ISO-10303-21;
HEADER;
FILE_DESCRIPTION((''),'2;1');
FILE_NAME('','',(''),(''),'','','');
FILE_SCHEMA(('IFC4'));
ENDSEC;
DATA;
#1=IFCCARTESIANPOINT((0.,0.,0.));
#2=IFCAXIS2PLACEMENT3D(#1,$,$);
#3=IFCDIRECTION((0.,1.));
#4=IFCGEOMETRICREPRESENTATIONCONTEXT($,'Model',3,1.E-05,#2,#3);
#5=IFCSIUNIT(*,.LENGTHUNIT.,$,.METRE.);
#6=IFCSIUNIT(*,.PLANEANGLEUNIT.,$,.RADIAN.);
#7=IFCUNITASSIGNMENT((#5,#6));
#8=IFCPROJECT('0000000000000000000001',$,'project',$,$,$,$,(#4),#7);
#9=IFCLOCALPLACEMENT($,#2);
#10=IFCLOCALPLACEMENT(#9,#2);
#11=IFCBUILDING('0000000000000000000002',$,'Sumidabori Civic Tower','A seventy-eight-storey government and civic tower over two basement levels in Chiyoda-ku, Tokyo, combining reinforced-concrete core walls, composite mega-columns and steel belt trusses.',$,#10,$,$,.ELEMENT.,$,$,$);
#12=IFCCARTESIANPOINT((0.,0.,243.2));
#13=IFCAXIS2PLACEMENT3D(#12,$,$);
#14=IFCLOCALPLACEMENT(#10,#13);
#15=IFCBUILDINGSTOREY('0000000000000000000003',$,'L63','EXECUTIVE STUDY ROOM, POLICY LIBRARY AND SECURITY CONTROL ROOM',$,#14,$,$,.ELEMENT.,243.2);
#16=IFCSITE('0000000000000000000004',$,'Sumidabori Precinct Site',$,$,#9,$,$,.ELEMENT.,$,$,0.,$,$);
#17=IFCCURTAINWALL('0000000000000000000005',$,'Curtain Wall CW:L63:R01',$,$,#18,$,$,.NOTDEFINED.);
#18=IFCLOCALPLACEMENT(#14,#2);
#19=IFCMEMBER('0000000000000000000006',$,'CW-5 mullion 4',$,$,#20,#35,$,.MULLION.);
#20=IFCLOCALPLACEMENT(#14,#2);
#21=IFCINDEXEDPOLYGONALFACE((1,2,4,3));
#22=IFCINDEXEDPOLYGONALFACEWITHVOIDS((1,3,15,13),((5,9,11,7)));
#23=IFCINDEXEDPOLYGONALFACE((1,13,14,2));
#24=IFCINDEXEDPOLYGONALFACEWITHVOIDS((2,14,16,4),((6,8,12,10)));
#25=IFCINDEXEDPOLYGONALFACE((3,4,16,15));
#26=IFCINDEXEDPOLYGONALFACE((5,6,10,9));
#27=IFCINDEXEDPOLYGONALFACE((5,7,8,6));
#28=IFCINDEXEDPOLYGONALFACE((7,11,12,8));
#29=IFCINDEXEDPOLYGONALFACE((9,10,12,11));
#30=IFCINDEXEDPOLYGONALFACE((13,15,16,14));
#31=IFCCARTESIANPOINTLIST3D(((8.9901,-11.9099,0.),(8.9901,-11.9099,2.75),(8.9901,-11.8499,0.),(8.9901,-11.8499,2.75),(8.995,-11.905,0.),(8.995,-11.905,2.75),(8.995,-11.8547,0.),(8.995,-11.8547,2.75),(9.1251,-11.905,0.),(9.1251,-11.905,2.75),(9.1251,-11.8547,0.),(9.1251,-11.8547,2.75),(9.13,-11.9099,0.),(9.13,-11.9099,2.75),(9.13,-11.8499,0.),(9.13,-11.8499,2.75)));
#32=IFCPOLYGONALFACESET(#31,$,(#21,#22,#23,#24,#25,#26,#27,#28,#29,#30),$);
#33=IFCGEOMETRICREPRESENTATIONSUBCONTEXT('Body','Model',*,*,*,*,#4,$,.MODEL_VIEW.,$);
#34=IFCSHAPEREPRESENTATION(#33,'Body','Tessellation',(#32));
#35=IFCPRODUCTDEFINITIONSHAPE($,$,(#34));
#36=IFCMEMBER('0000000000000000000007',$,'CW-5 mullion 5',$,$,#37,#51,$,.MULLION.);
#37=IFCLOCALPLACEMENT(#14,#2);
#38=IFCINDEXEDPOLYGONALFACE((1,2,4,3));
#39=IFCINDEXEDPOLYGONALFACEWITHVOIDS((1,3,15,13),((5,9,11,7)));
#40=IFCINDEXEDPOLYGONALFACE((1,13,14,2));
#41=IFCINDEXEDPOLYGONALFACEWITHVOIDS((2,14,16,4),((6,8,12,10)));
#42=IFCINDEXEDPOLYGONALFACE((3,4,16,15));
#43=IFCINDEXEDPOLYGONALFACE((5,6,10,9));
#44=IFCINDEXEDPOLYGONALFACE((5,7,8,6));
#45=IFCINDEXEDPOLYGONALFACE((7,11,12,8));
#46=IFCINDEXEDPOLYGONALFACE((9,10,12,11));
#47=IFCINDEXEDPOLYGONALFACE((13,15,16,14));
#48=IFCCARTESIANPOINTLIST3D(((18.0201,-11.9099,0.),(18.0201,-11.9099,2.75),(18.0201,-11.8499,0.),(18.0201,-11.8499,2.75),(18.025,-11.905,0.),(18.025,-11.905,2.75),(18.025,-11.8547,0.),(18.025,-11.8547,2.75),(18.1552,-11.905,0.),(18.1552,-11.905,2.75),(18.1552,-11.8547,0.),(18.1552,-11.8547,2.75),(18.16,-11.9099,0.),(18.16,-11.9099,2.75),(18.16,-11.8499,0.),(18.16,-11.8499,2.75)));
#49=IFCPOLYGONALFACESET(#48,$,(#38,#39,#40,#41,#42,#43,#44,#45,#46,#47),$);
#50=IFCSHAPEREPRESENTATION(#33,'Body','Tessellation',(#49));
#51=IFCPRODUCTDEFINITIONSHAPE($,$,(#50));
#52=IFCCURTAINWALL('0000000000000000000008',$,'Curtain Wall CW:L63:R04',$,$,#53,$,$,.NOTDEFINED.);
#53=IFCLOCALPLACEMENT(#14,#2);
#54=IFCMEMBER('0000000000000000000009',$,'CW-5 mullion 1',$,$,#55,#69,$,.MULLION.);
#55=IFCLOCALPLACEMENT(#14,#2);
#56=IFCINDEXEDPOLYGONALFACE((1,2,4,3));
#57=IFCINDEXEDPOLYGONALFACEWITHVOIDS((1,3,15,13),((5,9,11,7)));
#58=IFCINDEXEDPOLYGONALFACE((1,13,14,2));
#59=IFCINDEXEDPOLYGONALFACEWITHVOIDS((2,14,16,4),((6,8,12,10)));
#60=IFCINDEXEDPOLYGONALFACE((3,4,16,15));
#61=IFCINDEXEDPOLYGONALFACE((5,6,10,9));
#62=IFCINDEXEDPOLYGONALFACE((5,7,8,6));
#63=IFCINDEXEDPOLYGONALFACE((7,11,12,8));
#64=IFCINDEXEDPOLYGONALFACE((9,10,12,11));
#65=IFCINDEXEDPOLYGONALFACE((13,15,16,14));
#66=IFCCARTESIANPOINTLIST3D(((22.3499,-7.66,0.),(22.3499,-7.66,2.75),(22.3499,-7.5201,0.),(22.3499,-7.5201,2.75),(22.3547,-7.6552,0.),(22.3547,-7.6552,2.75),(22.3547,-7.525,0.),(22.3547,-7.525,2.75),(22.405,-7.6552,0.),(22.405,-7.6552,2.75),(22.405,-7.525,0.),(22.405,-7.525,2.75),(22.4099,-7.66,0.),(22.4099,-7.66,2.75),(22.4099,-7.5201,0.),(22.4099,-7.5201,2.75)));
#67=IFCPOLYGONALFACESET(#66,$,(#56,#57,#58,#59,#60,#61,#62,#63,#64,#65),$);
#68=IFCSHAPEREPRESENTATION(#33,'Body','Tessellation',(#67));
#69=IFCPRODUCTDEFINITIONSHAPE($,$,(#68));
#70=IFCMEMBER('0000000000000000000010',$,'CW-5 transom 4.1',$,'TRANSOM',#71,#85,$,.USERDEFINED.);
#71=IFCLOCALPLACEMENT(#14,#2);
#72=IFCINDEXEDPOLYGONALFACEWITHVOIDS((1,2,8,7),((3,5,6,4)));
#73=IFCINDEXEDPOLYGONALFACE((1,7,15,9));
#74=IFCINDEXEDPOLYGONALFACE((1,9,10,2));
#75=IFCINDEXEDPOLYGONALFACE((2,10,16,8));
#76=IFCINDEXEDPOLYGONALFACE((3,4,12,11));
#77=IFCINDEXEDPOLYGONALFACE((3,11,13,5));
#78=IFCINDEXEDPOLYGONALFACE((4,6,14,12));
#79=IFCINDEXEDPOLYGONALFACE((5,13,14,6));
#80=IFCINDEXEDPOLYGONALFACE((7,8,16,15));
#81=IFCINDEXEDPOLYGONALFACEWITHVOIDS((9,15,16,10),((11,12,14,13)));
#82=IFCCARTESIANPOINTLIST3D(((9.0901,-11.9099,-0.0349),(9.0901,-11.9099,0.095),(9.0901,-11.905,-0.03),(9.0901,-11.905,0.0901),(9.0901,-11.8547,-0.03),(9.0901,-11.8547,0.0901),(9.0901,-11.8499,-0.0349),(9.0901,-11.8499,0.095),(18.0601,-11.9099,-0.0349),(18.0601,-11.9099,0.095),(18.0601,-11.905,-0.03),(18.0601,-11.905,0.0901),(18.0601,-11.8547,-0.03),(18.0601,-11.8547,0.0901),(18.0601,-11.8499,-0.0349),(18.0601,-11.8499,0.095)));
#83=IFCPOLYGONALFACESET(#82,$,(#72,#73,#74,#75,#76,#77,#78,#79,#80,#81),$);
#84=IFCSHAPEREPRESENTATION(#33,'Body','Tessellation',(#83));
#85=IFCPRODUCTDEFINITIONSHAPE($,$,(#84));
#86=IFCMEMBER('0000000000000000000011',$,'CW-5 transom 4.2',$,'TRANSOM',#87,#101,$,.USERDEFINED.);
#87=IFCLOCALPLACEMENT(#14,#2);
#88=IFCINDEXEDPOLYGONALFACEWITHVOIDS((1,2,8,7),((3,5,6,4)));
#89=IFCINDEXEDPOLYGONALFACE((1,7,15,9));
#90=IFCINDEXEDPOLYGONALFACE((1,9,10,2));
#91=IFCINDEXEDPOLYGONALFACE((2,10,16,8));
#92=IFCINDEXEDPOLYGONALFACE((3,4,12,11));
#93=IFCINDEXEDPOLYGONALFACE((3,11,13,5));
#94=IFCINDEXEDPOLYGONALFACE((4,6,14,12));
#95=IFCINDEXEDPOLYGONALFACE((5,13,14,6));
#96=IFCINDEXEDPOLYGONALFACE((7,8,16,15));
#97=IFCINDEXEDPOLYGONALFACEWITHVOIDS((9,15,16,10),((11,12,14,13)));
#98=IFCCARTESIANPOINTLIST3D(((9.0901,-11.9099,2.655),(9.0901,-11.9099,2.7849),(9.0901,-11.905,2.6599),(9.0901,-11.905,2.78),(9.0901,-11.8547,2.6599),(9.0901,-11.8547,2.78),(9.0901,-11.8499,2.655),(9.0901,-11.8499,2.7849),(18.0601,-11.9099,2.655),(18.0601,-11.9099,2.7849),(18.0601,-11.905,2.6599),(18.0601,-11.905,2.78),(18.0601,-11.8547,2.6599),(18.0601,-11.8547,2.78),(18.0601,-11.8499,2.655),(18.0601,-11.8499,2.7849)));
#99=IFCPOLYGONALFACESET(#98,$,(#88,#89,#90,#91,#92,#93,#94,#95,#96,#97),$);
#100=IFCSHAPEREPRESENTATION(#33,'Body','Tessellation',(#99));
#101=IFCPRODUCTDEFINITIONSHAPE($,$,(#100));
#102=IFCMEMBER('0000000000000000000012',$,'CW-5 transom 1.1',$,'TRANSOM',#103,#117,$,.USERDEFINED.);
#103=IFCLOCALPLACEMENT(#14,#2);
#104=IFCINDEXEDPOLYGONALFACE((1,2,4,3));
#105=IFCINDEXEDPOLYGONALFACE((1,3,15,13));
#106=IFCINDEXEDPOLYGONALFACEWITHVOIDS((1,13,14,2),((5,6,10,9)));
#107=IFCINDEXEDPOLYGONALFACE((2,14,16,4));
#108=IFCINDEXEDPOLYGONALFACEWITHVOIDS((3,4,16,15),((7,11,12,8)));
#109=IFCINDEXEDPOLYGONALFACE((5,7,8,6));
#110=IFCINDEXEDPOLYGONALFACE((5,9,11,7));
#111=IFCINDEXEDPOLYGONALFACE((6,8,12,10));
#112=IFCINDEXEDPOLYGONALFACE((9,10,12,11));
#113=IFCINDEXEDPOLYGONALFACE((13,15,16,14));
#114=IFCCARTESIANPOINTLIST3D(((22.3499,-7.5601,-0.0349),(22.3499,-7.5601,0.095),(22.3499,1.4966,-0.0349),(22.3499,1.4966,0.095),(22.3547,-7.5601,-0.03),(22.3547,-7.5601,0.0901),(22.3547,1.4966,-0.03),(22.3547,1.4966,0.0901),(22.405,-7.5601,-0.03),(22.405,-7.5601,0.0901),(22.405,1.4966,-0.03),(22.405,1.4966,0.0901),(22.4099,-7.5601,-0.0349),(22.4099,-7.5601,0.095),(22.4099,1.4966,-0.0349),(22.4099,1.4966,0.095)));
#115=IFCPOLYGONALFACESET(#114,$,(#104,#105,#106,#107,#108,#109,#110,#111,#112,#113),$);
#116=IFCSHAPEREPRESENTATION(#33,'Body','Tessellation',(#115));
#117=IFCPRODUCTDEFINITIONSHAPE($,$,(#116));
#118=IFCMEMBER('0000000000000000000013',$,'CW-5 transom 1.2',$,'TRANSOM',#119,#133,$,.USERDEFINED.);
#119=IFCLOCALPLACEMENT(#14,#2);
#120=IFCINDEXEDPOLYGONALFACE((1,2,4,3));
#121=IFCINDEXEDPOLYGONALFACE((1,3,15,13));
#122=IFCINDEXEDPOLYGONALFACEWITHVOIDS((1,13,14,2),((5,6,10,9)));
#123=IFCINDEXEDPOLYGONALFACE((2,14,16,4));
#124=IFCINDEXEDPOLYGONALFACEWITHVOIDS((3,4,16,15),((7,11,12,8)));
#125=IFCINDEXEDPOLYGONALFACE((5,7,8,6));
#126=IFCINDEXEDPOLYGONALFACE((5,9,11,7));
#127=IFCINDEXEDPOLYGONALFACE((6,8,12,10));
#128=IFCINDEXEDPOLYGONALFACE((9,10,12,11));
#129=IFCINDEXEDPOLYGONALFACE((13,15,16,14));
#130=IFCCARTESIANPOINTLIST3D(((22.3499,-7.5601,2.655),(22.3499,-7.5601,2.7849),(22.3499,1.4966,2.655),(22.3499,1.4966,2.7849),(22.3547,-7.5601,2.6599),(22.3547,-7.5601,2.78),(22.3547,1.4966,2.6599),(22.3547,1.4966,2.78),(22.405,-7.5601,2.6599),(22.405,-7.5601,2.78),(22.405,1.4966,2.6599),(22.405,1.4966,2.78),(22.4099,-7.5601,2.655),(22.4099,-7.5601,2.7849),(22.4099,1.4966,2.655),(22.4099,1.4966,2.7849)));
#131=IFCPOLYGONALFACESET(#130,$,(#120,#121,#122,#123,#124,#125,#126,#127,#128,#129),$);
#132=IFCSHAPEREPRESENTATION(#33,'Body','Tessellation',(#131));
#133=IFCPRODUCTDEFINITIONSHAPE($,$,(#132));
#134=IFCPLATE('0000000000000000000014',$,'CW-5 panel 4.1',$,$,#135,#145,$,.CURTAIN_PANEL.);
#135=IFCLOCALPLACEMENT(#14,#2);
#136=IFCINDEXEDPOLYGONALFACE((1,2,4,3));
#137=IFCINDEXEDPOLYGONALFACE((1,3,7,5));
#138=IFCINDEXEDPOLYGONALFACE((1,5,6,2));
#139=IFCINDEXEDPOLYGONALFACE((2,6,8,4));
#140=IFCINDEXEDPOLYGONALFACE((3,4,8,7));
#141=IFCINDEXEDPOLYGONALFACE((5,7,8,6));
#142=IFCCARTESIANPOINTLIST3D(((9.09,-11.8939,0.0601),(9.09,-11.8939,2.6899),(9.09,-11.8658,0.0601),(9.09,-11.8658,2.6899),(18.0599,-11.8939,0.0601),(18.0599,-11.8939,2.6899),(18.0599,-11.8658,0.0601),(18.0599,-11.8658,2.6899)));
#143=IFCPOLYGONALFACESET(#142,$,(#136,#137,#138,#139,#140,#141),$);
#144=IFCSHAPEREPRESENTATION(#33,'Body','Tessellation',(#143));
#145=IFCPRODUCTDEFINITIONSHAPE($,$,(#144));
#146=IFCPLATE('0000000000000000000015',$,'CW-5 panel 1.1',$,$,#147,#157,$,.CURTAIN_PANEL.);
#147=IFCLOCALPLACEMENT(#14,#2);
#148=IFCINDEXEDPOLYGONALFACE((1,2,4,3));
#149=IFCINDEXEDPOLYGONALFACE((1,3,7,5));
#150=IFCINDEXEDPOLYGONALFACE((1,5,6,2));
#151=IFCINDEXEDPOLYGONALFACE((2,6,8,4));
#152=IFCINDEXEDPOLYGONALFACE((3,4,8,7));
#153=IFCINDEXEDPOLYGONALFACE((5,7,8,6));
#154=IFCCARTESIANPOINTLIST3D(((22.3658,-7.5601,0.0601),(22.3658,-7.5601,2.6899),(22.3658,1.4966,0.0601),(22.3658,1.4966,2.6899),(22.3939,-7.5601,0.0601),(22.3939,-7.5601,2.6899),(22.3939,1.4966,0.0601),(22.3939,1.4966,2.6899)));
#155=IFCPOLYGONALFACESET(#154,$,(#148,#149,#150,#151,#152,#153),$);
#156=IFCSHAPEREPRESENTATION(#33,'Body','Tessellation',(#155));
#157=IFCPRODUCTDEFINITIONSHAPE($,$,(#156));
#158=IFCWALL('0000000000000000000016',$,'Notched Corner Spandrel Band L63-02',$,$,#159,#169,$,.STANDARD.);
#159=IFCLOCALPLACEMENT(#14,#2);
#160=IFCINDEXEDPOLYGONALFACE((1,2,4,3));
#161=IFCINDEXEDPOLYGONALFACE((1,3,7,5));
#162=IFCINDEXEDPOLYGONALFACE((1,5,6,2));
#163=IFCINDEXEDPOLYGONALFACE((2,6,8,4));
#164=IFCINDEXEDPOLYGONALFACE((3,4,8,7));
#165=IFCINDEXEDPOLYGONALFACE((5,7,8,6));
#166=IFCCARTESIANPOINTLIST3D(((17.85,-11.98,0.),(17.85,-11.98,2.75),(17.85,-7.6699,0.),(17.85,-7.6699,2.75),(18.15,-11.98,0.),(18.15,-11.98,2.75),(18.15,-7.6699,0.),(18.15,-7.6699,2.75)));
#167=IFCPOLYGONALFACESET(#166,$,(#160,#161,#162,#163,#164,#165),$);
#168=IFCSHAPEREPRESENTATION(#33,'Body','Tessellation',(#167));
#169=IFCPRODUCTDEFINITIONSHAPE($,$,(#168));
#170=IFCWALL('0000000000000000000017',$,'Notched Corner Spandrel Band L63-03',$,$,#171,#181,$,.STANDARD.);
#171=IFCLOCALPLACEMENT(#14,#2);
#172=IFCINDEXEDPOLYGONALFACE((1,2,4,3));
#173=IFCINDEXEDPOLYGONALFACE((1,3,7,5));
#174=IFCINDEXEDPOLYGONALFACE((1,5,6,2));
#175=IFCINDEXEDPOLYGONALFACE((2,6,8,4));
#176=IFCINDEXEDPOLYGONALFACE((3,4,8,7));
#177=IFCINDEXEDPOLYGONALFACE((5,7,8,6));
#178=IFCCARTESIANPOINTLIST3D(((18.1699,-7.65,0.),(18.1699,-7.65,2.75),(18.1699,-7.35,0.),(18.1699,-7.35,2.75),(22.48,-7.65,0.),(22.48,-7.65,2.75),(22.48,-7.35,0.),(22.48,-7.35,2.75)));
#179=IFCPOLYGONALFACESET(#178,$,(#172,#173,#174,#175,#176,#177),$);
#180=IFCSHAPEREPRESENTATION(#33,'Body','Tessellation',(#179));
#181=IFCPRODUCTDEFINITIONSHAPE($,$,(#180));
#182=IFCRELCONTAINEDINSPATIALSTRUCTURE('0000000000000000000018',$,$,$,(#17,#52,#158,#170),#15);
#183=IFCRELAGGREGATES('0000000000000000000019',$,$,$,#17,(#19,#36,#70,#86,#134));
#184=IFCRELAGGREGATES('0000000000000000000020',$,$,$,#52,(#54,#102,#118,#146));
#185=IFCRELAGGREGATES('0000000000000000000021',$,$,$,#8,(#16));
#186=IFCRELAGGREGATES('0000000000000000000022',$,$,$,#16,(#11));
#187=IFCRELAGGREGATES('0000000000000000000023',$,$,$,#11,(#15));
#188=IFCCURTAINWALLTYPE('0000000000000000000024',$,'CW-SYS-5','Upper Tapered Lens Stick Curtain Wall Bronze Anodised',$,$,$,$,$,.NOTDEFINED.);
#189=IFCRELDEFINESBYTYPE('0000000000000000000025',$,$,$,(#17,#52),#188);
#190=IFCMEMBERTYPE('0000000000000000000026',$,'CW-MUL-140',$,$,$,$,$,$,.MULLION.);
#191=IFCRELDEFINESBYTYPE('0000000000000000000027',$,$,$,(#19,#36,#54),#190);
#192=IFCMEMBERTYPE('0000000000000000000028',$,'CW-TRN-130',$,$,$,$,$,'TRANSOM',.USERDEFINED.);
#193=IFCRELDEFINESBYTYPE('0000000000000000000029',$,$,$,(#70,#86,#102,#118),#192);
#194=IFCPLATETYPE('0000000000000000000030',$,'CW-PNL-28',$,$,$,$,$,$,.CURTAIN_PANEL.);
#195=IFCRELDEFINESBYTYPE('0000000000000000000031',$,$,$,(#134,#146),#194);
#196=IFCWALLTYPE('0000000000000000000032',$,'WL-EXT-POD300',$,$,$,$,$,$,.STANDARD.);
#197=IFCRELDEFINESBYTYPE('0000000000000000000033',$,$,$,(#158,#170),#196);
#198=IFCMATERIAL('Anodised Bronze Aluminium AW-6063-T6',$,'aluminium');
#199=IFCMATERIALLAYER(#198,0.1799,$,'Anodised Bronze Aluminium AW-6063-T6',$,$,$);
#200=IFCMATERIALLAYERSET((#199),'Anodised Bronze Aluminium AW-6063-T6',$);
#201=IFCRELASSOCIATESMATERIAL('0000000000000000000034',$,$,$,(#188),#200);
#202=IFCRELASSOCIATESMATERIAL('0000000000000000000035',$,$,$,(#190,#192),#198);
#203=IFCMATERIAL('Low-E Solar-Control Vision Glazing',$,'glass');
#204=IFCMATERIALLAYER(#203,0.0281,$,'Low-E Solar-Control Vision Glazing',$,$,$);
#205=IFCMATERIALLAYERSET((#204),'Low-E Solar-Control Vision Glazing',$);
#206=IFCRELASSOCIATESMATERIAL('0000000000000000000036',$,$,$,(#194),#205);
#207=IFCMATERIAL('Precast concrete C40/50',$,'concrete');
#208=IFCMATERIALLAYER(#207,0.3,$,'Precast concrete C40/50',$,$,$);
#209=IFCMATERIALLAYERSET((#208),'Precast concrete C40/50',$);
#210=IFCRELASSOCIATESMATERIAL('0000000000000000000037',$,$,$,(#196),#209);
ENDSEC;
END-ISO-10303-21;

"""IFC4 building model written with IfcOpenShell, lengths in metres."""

from ifc_helpers import new_model, si_unit, direction, frame, frame_2d, origin, origin_2d, place, context, subcontext, project, spatial, rectangle, hollow_rectangle, extrude, source, transform, mapped, material, layer, layer_set, material_profile, profile_set, type_object, element, aggregate, save


model = new_model("IFC4")

# Units and contexts
model_context = context("Model", 3, precision=1e-05, world=origin(), true_north=direction((0.0, 1.0)))
body_context = subcontext(model_context, "Body", "Model", "MODEL_VIEW")
ifc_project = project(units=[si_unit("LENGTHUNIT", "METRE"), si_unit("PLANEANGLEUNIT", "RADIAN")], contexts=[model_context])

# Site, building, storey
site_placement = place(None, origin())
site = spatial("IfcSite", under=ifc_project, at=site_placement, Name="Sumidabori Precinct Site", CompositionType="ELEMENT", RefElevation=0.0)
building_placement = place(site_placement, origin())
building = spatial("IfcBuilding", under=site, at=building_placement, Name="Sumidabori Civic Tower", Description="A seventy-eight-storey government and civic tower over two basement levels in Chiyoda-ku, Tokyo, combining reinforced-concrete core walls, composite mega-columns and steel belt trusses.", CompositionType="ELEMENT")
storey_placement = place(building_placement, frame((0.0, 0.0, 243.2)))
storey = spatial("IfcBuildingStorey", under=building, at=storey_placement, Name="L63", Description="EXECUTIVE STUDY ROOM, POLICY LIBRARY AND SECURITY CONTROL ROOM", CompositionType="ELEMENT", Elevation=243.2)

# Curtain wall, members
ifc_material_1 = material(Name="Anodised Bronze Aluminium AW-6063-T6", Category="aluminium")
ifc_layer_1 = layer(ifc_material_1, 0.1799, Name="Anodised Bronze Aluminium AW-6063-T6")
ifc_layer_set_1 = layer_set([ifc_layer_1], Name="Anodised Bronze Aluminium AW-6063-T6")
curtain_wall_type = type_object("IfcCurtainWallType", Name="CW-SYS-5", Description="Upper Tapered Lens Stick Curtain Wall Bronze Anodised", PredefinedType="NOTDEFINED", material=ifc_layer_set_1)
curtain_wall_1_placement = place(storey_placement, origin())
curtain_wall_1 = element("IfcCurtainWall", 1, at=curtain_wall_1_placement, inside=storey, type_object=curtain_wall_type, Name="Curtain Wall CW:L63:R01", PredefinedType="NOTDEFINED")
ifc_material_profile_1 = material_profile(ifc_material_1, hollow_rectangle(XDim=0.0601, YDim=0.1399, WallThickness=0.0049, at=origin_2d()), Name="ALU MULLION 140x60")
ifc_profile_set_1 = profile_set([ifc_material_profile_1], Name="Anodised Bronze Aluminium AW-6063-T6")
member_type_1 = type_object("IfcMemberType", Name="CW-MUL-140", PredefinedType="MULLION", material=ifc_profile_set_1)
shared_shape_1 = source(origin(), body_context, "Body", "SweptSolid", [
    extrude(hollow_rectangle(XDim=0.0601, YDim=0.1399, WallThickness=0.0049, at=origin_2d()), origin(), (0.0, 0.0, 1.0), 2.75),
])
member_1_placement = place(storey_placement, frame((9.0601, -11.8799, 0.0), z_axis=(0.0, 0.0, 1.0), x_axis=(0.0, 1.0, 0.0)))
member_1 = element("IfcMember", 2, at=member_1_placement, type_object=member_type_1, Name="CW-5 mullion 4", PredefinedType="MULLION", context=body_context, shape_type="MappedRepresentation", body=[
    mapped(shared_shape_1, transform((0.0, 0.0, 0.0), x_axis=(1.0, 0.0, 0.0), y_axis=(0.0, 1.0, 0.0), z_axis=(0.0, 0.0, 1.0), scale=1.0)),
])
member_2_placement = place(storey_placement, frame((18.0901, -11.8799, 0.0), z_axis=(0.0, 0.0, 1.0), x_axis=(0.0, 1.0, 0.0)))
member_2 = element("IfcMember", 3, at=member_2_placement, type_object=member_type_1, Name="CW-5 mullion 5", PredefinedType="MULLION", context=body_context, shape_type="MappedRepresentation", body=[
    mapped(shared_shape_1, transform((0.0, 0.0, 0.0), x_axis=(1.0, 0.0, 0.0), y_axis=(0.0, 1.0, 0.0), z_axis=(0.0, 0.0, 1.0), scale=1.0)),
])

# Curtain wall, member
curtain_wall_2_placement = place(storey_placement, origin())
curtain_wall_2 = element("IfcCurtainWall", 4, at=curtain_wall_2_placement, inside=storey, type_object=curtain_wall_type, Name="Curtain Wall CW:L63:R04", PredefinedType="NOTDEFINED")
member_3_placement = place(storey_placement, frame((22.3799, -7.5901, 0.0), z_axis=(0.0, 0.0, 1.0), x_axis=(-1.0, 0.0, 0.0)))
member_3 = element("IfcMember", 5, at=member_3_placement, type_object=member_type_1, Name="CW-5 mullion 1", PredefinedType="MULLION", context=body_context, shape_type="MappedRepresentation", body=[
    mapped(shared_shape_1, transform((0.0, 0.0, 0.0), x_axis=(1.0, 0.0, 0.0), y_axis=(0.0, 1.0, 0.0), z_axis=(0.0, 0.0, 1.0), scale=1.0)),
])

# Members
ifc_material_profile_2 = material_profile(ifc_material_1, hollow_rectangle(XDim=0.0601, YDim=0.1299, WallThickness=0.0049, at=origin_2d()), Name="ALU TRANSOM 130x60")
ifc_profile_set_2 = profile_set([ifc_material_profile_2], Name="Anodised Bronze Aluminium AW-6063-T6")
member_type_2 = type_object("IfcMemberType", Name="CW-TRN-130", ElementType="TRANSOM", PredefinedType="USERDEFINED", material=ifc_profile_set_2)
shared_shape_2 = source(origin(), body_context, "Body", "SweptSolid", [
    extrude(hollow_rectangle(XDim=0.0601, YDim=0.1299, WallThickness=0.0049, at=origin_2d()), origin(), (0.0, 0.0, 1.0), 8.97),
])
member_4_placement = place(storey_placement, frame((9.0901, -11.8799, 0.03), z_axis=(1.0, 0.0, 0.0), x_axis=(0.0, 1.0, 0.0)))
member_4 = element("IfcMember", 6, at=member_4_placement, type_object=member_type_2, Name="CW-5 transom 4.1", ObjectType="TRANSOM", PredefinedType="USERDEFINED", context=body_context, shape_type="MappedRepresentation", body=[
    mapped(shared_shape_2, transform((0.0, 0.0, 0.0), x_axis=(1.0, 0.0, 0.0), y_axis=(0.0, 1.0, 0.0), z_axis=(0.0, 0.0, 1.0), scale=1.0)),
])
member_5_placement = place(storey_placement, frame((9.0901, -11.8799, 2.72), z_axis=(1.0, 0.0, 0.0), x_axis=(0.0, 1.0, 0.0)))
member_5 = element("IfcMember", 7, at=member_5_placement, type_object=member_type_2, Name="CW-5 transom 4.2", ObjectType="TRANSOM", PredefinedType="USERDEFINED", context=body_context, shape_type="MappedRepresentation", body=[
    mapped(shared_shape_2, transform((0.0, 0.0, 0.0), x_axis=(1.0, 0.0, 0.0), y_axis=(0.0, 1.0, 0.0), z_axis=(0.0, 0.0, 1.0), scale=1.0)),
])
shared_shape_3 = source(origin(), body_context, "Body", "SweptSolid", [
    extrude(hollow_rectangle(XDim=0.0601, YDim=0.1299, WallThickness=0.0049, at=origin_2d()), origin(), (0.0, 0.0, 1.0), 9.0566),
])
member_6_placement = place(storey_placement, frame((22.3799, -7.5601, 0.03), z_axis=(0.0, 1.0, 0.0), x_axis=(-1.0, 0.0, 0.0)))
member_6 = element("IfcMember", 8, at=member_6_placement, type_object=member_type_2, Name="CW-5 transom 1.1", ObjectType="TRANSOM", PredefinedType="USERDEFINED", context=body_context, shape_type="MappedRepresentation", body=[
    mapped(shared_shape_3, transform((0.0, 0.0, 0.0), x_axis=(1.0, 0.0, 0.0), y_axis=(0.0, 1.0, 0.0), z_axis=(0.0, 0.0, 1.0), scale=1.0)),
])
member_7_placement = place(storey_placement, frame((22.3799, -7.5601, 2.72), z_axis=(0.0, 1.0, 0.0), x_axis=(-1.0, 0.0, 0.0)))
member_7 = element("IfcMember", 9, at=member_7_placement, type_object=member_type_2, Name="CW-5 transom 1.2", ObjectType="TRANSOM", PredefinedType="USERDEFINED", context=body_context, shape_type="MappedRepresentation", body=[
    mapped(shared_shape_3, transform((0.0, 0.0, 0.0), x_axis=(1.0, 0.0, 0.0), y_axis=(0.0, 1.0, 0.0), z_axis=(0.0, 0.0, 1.0), scale=1.0)),
])

# Plates
ifc_material_2 = material(Name="Low-E Solar-Control Vision Glazing", Category="glass")
ifc_layer_2 = layer(ifc_material_2, 0.0281, Name="Low-E Solar-Control Vision Glazing")
ifc_layer_set_2 = layer_set([ifc_layer_2], Name="Low-E Solar-Control Vision Glazing")
plate_type = type_object("IfcPlateType", Name="CW-PNL-28", PredefinedType="CURTAIN_PANEL", material=ifc_layer_set_2)
shared_shape_4 = source(origin(), body_context, "Body", "SweptSolid", [
    extrude(rectangle(XDim=8.97, YDim=0.0281, at=origin_2d()), origin(), (0.0, 0.0, 1.0), 2.6299),
])
plate_1_placement = place(storey_placement, frame((13.575, -11.8799, 0.0601), z_axis=(0.0, 0.0, 1.0), x_axis=(1.0, 0.0, 0.0)))
plate_1 = element("IfcPlate", 10, at=plate_1_placement, type_object=plate_type, Name="CW-5 panel 4.1", PredefinedType="CURTAIN_PANEL", context=body_context, shape_type="MappedRepresentation", body=[
    mapped(shared_shape_4, transform((0.0, 0.0, 0.0), x_axis=(1.0, 0.0, 0.0), y_axis=(0.0, 1.0, 0.0), z_axis=(0.0, 0.0, 1.0), scale=1.0)),
])
aggregate(curtain_wall_1, [member_1, member_2, member_4, member_5, plate_1])
shared_shape_5 = source(origin(), body_context, "Body", "SweptSolid", [
    extrude(rectangle(XDim=9.0566, YDim=0.0281, at=origin_2d()), origin(), (0.0, 0.0, 1.0), 2.6299),
])
plate_2_placement = place(storey_placement, frame((22.3799, -3.0317, 0.0601), z_axis=(0.0, 0.0, 1.0), x_axis=(0.0, 1.0, 0.0)))
plate_2 = element("IfcPlate", 11, at=plate_2_placement, type_object=plate_type, Name="CW-5 panel 1.1", PredefinedType="CURTAIN_PANEL", context=body_context, shape_type="MappedRepresentation", body=[
    mapped(shared_shape_5, transform((0.0, 0.0, 0.0), x_axis=(1.0, 0.0, 0.0), y_axis=(0.0, 1.0, 0.0), z_axis=(0.0, 0.0, 1.0), scale=1.0)),
])
aggregate(curtain_wall_2, [member_3, member_6, member_7, plate_2])

# Walls
ifc_material_3 = material(Name="Precast concrete C40/50", Category="concrete")
ifc_layer_3 = layer(ifc_material_3, 0.3, Name="Precast concrete C40/50")
ifc_layer_set_3 = layer_set([ifc_layer_3], Name="Precast concrete C40/50")
wall_type_1 = type_object("IfcWallType", Name="WL-EXT-POD300", PredefinedType="STANDARD", material=ifc_layer_set_3)
shared_shape_6 = source(origin(), body_context, "Body", "SweptSolid", [
    extrude(rectangle(XDim=4.3101, YDim=0.3, at=frame_2d((2.155, 0.0))), origin(), (0.0, 0.0, 1.0), 2.75),
])
for number, where, z_axis, x_axis, name in (
    (12, (18.0, -11.98, 0.0), (0.0, 0.0, 1.0), (0.0, 1.0, 0.0), "Notched Corner Spandrel Band L63-02"),
    (13, (18.1699, -7.5, 0.0), (0.0, 0.0, 1.0), (1.0, 0.0, 0.0), "Notched Corner Spandrel Band L63-03"),
):
    element("IfcWall", number, at=place(storey_placement, frame(where, z_axis=z_axis, x_axis=x_axis)), inside=storey, type_object=wall_type_1, Name=name, PredefinedType="STANDARD", context=body_context, shape_type="MappedRepresentation", body=[
        mapped(shared_shape_6, transform((0.0, 0.0, 0.0), x_axis=(1.0, 0.0, 0.0), y_axis=(0.0, 1.0, 0.0), z_axis=(0.0, 0.0, 1.0), scale=1.0)),
    ])

save(model, "model.ifc")
